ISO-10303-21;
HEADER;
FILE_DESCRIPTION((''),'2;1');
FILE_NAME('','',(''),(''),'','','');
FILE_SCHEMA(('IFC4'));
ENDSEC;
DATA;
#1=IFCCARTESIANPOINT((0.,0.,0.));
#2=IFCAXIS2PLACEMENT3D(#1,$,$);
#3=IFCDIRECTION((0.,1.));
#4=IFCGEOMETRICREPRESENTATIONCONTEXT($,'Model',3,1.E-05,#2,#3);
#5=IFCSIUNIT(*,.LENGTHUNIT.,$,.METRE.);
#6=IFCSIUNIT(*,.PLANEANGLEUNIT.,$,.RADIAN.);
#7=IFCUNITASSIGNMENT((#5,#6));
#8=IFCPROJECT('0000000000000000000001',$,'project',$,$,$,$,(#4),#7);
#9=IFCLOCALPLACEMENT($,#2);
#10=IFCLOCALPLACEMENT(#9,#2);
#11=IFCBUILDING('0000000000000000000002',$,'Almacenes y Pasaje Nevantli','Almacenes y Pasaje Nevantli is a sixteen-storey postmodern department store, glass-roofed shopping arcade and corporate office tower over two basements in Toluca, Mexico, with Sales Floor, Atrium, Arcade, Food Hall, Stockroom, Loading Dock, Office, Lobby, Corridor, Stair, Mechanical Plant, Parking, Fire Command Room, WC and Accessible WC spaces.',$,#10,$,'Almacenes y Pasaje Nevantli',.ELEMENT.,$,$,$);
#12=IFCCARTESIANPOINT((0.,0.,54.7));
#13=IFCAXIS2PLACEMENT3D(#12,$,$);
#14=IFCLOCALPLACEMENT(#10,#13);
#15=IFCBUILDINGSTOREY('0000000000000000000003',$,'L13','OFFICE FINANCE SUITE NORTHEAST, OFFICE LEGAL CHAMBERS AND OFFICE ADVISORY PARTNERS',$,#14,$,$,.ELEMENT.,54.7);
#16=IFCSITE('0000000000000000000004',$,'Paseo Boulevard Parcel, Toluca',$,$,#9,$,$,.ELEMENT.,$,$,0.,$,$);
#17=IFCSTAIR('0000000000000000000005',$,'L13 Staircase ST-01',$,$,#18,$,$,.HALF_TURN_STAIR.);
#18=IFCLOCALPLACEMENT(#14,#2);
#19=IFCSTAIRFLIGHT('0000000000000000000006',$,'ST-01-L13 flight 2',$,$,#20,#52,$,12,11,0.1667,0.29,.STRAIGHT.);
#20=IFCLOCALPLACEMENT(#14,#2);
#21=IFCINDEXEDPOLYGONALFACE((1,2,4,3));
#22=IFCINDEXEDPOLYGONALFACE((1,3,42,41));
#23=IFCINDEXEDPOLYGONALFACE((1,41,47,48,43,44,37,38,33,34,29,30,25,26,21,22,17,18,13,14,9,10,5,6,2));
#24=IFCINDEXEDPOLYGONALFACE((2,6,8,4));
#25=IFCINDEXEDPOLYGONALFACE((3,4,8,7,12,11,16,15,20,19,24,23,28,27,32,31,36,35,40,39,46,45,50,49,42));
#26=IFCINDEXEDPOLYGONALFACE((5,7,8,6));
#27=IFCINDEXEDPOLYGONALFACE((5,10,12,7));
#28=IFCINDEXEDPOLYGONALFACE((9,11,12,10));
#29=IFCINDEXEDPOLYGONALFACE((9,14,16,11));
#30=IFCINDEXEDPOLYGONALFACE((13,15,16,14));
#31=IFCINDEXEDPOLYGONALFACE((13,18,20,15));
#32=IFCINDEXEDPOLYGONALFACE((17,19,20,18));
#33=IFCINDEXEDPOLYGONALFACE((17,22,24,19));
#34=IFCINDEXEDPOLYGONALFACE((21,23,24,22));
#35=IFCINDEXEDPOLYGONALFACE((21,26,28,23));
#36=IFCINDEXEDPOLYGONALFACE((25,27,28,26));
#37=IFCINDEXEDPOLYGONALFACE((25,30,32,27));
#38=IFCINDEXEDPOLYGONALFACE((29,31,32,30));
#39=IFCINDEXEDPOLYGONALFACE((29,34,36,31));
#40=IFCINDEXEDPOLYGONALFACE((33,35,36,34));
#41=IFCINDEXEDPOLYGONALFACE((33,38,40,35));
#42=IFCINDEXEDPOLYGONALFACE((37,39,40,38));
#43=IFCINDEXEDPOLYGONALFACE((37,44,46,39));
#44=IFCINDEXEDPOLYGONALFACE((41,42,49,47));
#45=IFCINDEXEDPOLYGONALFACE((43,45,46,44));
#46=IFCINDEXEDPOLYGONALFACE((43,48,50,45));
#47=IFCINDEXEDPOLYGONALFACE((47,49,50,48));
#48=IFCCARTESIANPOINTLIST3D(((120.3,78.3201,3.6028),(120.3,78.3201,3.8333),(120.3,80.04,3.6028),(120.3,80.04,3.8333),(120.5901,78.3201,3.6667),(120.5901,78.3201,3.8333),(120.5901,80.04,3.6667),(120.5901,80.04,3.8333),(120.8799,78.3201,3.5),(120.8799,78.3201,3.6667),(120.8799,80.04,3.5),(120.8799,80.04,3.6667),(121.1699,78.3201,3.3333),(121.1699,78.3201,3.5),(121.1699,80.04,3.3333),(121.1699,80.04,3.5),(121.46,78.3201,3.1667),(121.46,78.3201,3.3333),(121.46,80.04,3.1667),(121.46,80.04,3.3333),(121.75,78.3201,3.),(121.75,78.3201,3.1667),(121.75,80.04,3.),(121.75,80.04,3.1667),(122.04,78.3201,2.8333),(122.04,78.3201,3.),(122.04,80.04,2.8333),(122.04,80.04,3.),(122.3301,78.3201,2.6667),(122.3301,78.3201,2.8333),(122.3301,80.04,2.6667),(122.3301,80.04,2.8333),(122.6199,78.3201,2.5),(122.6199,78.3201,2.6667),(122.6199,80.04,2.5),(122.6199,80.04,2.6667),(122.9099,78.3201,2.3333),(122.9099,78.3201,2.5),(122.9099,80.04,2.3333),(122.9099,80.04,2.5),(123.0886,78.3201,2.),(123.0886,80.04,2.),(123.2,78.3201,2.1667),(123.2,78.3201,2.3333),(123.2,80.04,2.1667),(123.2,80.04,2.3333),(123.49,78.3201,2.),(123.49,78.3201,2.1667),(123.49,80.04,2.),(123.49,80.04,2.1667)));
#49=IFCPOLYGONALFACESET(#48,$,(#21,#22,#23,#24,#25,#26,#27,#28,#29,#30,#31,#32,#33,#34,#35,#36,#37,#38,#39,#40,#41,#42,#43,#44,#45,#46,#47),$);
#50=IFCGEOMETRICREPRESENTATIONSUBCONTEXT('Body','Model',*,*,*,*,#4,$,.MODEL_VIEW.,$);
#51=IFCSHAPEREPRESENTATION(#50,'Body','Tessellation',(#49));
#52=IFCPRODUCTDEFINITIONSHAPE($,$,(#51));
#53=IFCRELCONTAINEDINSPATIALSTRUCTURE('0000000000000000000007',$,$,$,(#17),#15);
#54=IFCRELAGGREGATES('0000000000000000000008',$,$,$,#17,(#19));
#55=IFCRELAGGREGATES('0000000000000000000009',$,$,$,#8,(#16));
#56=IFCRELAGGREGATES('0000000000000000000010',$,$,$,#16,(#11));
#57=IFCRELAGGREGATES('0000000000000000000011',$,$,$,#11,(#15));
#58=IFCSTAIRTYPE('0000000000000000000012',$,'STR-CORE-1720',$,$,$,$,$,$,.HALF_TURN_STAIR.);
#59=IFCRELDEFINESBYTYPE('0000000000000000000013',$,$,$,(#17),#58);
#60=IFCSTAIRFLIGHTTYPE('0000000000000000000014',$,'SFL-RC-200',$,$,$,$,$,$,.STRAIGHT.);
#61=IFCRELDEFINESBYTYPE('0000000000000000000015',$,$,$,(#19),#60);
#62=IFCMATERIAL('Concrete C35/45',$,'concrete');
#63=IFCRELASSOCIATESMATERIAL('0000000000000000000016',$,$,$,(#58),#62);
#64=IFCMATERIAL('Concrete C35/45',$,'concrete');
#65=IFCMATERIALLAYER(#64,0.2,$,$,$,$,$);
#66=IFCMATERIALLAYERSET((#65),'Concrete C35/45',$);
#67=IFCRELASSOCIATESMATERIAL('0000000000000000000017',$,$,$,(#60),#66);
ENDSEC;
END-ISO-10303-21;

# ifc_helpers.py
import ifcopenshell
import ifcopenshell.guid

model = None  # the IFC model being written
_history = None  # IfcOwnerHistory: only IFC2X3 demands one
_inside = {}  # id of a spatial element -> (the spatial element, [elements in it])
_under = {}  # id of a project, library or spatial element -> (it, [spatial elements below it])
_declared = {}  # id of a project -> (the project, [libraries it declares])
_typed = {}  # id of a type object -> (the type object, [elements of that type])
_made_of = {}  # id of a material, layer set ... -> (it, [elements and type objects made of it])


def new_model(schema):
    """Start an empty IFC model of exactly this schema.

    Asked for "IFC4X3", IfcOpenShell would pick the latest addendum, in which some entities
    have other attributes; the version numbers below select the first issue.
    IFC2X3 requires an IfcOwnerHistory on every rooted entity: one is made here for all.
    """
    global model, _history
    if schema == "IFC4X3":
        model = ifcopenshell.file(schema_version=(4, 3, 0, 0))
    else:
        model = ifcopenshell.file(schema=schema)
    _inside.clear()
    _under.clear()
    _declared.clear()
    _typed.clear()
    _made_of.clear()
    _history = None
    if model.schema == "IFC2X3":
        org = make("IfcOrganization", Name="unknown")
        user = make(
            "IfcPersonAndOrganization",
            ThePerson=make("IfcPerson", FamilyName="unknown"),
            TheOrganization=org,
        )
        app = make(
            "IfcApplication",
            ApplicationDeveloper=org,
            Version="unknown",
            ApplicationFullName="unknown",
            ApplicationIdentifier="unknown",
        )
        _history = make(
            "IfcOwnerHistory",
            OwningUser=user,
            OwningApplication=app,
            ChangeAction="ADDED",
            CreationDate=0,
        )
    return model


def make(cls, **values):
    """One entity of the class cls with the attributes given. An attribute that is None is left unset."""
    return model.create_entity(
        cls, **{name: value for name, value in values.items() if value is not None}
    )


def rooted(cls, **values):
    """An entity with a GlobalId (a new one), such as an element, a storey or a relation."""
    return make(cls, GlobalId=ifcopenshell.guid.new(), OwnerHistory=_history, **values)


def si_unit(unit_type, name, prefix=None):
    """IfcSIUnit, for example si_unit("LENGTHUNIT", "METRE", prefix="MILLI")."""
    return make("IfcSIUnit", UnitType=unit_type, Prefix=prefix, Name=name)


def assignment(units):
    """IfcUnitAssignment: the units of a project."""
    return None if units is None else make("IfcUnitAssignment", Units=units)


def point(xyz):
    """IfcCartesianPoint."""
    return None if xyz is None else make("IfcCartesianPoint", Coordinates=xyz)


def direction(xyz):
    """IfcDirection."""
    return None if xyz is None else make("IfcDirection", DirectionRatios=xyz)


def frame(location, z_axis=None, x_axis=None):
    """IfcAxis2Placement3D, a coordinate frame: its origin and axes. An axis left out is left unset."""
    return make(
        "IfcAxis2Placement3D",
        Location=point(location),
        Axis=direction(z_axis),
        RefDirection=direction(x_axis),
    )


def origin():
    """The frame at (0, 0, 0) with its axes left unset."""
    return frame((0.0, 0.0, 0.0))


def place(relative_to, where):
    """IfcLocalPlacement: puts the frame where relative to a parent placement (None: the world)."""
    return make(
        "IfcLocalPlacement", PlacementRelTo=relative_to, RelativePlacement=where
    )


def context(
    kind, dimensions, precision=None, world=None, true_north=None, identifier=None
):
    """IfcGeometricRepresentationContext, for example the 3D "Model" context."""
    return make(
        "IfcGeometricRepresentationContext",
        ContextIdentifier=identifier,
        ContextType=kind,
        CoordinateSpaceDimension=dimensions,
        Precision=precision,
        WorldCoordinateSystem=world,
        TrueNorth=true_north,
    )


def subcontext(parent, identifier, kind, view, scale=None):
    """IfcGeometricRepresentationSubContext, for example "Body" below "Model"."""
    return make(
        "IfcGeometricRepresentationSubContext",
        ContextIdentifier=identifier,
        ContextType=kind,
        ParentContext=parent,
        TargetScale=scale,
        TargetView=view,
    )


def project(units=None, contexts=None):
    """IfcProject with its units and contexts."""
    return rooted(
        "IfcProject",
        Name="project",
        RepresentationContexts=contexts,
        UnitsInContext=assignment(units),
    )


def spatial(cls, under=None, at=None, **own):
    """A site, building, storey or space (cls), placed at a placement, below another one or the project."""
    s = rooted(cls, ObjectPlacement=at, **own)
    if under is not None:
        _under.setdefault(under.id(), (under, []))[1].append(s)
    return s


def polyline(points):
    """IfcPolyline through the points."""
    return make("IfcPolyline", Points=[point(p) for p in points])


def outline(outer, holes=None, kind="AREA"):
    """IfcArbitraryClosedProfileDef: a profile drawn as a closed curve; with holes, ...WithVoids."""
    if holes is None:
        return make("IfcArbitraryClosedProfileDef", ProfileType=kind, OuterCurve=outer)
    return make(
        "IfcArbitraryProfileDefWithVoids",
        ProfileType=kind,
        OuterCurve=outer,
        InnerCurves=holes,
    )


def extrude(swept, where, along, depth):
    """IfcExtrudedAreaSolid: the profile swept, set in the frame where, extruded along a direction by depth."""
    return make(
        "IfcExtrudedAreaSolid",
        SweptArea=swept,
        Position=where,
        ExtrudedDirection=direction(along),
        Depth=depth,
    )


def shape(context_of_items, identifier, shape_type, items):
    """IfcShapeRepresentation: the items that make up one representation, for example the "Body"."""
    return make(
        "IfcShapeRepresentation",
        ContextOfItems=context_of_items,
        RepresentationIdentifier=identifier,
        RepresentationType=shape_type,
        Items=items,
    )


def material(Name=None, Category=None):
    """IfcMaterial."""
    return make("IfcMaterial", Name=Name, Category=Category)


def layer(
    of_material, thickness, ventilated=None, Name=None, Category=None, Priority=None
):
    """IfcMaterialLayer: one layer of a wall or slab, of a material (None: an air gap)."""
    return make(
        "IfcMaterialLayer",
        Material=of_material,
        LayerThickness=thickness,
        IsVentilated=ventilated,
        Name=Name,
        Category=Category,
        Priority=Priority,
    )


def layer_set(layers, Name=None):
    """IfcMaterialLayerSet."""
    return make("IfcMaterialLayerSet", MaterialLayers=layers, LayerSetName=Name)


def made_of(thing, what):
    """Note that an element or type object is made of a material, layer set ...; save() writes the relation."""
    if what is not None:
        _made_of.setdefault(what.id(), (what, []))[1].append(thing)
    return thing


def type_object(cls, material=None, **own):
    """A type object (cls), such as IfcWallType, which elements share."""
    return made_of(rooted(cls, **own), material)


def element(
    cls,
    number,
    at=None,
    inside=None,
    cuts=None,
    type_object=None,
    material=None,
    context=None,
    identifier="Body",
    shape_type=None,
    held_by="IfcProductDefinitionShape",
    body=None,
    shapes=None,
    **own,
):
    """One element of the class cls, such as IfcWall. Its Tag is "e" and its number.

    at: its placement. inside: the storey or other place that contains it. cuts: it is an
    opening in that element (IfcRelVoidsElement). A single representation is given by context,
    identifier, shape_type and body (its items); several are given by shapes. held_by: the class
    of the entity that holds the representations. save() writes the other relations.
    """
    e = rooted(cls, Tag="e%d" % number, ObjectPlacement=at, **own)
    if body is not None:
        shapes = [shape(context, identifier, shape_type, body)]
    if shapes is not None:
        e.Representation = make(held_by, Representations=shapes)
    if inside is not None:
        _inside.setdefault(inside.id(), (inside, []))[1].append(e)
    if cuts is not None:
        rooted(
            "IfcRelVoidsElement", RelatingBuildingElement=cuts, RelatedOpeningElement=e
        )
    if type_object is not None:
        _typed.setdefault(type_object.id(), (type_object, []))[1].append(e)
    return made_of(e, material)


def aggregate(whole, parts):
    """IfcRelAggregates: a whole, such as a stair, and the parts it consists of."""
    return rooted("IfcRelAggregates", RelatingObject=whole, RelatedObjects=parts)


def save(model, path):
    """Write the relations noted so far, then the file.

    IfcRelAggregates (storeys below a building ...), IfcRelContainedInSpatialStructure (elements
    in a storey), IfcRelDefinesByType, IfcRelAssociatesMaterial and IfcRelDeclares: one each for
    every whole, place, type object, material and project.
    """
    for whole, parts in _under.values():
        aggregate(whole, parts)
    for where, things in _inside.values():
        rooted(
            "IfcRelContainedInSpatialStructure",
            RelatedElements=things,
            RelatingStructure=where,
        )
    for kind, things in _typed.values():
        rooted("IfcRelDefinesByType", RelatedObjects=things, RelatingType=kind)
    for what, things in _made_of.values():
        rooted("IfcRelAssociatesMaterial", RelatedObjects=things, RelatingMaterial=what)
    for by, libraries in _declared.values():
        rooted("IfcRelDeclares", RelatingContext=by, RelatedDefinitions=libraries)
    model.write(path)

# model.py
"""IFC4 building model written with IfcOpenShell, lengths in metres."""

from ifc_helpers import new_model, si_unit, direction, frame, origin, place, context, subcontext, project, spatial, polyline, outline, extrude, material, layer, layer_set, type_object, element, aggregate, save


model = new_model("IFC4")

# Units and contexts
model_context = context("Model", 3, precision=1e-05, world=origin(), true_north=direction((0.0, 1.0)))
body_context = subcontext(model_context, "Body", "Model", "MODEL_VIEW")
ifc_project = project(units=[si_unit("LENGTHUNIT", "METRE"), si_unit("PLANEANGLEUNIT", "RADIAN")], contexts=[model_context])

# Site, building, storey
site_placement = place(None, origin())
site = spatial("IfcSite", under=ifc_project, at=site_placement, Name="Paseo Boulevard Parcel, Toluca", CompositionType="ELEMENT", RefElevation=0.0)
building_placement = place(site_placement, origin())
building = spatial("IfcBuilding", under=site, at=building_placement, Name="Almacenes y Pasaje Nevantli", Description="Almacenes y Pasaje Nevantli is a sixteen-storey postmodern department store, glass-roofed shopping arcade and corporate office tower over two basements in Toluca, Mexico, with Sales Floor, Atrium, Arcade, Food Hall, Stockroom, Loading Dock, Office, Lobby, Corridor, Stair, Mechanical Plant, Parking, Fire Command Room, WC and Accessible WC spaces.", LongName="Almacenes y Pasaje Nevantli", CompositionType="ELEMENT")
storey_placement = place(building_placement, frame((0.0, 0.0, 54.7)))
storey = spatial("IfcBuildingStorey", under=building, at=storey_placement, Name="L13", Description="OFFICE FINANCE SUITE NORTHEAST, OFFICE LEGAL CHAMBERS AND OFFICE ADVISORY PARTNERS", CompositionType="ELEMENT", Elevation=54.7)

# Stair, stair flight
ifc_material_1 = material(Name="Concrete C35/45", Category="concrete")
stair_type = type_object("IfcStairType", Name="STR-CORE-1720", PredefinedType="HALF_TURN_STAIR", material=ifc_material_1)
stair_placement = place(storey_placement, origin())
stair = element("IfcStair", 1, at=stair_placement, inside=storey, type_object=stair_type, Name="L13 Staircase ST-01", PredefinedType="HALF_TURN_STAIR")
ifc_material_2 = material(Name="Concrete C35/45", Category="concrete")
ifc_layer_1 = layer(ifc_material_2, 0.2)
ifc_layer_set_1 = layer_set([ifc_layer_1], Name="Concrete C35/45")
stair_flight_type = type_object("IfcStairFlightType", Name="SFL-RC-200", PredefinedType="STRAIGHT", material=ifc_layer_set_1)
stair_flight_placement = place(storey_placement, frame((123.49, 79.1799, 2.0), z_axis=(0.0, 0.0, 1.0), x_axis=(-1.0, 0.0, 0.0)))
stair_flight = element("IfcStairFlight", 2, at=stair_flight_placement, type_object=stair_flight_type, Name="ST-01-L13 flight 2", NumberOfRisers=12, NumberOfTreads=11, PredefinedType="STRAIGHT", RiserHeight=0.1667, TreadLength=0.29, context=body_context, shape_type="SweptSolid", body=[
    extrude(outline(polyline([(0.0, 0.0), (0.0, 0.1667), (0.29, 0.1667), (0.29, 0.3333), (0.5801, 0.3333), (0.5801, 0.5), (0.8701, 0.5), (0.8701, 0.6667), (1.1599, 0.6667), (1.1599, 0.8333), (1.45, 0.8333), (1.45, 1.0), (1.74, 1.0), (1.74, 1.1667), (2.03, 1.1667), (2.03, 1.3333), (2.3201, 1.3333), (2.3201, 1.5), (2.6101, 1.5), (2.6101, 1.6667), (2.8999, 1.6667), (2.8999, 1.8333), (3.1899, 1.8333), (3.1899, 2.0), (3.1899, 1.6028), (0.4014, 0.0), (0.0, 0.0)])), frame((0.0, 0.8599, 0.0), z_axis=(0.0, -1.0, 0.0), x_axis=(1.0, 0.0, 0.0)), (0.0, 0.0, 1.0), 1.72),
])
aggregate(stair, [stair_flight])

save(model, "model.ifc")
